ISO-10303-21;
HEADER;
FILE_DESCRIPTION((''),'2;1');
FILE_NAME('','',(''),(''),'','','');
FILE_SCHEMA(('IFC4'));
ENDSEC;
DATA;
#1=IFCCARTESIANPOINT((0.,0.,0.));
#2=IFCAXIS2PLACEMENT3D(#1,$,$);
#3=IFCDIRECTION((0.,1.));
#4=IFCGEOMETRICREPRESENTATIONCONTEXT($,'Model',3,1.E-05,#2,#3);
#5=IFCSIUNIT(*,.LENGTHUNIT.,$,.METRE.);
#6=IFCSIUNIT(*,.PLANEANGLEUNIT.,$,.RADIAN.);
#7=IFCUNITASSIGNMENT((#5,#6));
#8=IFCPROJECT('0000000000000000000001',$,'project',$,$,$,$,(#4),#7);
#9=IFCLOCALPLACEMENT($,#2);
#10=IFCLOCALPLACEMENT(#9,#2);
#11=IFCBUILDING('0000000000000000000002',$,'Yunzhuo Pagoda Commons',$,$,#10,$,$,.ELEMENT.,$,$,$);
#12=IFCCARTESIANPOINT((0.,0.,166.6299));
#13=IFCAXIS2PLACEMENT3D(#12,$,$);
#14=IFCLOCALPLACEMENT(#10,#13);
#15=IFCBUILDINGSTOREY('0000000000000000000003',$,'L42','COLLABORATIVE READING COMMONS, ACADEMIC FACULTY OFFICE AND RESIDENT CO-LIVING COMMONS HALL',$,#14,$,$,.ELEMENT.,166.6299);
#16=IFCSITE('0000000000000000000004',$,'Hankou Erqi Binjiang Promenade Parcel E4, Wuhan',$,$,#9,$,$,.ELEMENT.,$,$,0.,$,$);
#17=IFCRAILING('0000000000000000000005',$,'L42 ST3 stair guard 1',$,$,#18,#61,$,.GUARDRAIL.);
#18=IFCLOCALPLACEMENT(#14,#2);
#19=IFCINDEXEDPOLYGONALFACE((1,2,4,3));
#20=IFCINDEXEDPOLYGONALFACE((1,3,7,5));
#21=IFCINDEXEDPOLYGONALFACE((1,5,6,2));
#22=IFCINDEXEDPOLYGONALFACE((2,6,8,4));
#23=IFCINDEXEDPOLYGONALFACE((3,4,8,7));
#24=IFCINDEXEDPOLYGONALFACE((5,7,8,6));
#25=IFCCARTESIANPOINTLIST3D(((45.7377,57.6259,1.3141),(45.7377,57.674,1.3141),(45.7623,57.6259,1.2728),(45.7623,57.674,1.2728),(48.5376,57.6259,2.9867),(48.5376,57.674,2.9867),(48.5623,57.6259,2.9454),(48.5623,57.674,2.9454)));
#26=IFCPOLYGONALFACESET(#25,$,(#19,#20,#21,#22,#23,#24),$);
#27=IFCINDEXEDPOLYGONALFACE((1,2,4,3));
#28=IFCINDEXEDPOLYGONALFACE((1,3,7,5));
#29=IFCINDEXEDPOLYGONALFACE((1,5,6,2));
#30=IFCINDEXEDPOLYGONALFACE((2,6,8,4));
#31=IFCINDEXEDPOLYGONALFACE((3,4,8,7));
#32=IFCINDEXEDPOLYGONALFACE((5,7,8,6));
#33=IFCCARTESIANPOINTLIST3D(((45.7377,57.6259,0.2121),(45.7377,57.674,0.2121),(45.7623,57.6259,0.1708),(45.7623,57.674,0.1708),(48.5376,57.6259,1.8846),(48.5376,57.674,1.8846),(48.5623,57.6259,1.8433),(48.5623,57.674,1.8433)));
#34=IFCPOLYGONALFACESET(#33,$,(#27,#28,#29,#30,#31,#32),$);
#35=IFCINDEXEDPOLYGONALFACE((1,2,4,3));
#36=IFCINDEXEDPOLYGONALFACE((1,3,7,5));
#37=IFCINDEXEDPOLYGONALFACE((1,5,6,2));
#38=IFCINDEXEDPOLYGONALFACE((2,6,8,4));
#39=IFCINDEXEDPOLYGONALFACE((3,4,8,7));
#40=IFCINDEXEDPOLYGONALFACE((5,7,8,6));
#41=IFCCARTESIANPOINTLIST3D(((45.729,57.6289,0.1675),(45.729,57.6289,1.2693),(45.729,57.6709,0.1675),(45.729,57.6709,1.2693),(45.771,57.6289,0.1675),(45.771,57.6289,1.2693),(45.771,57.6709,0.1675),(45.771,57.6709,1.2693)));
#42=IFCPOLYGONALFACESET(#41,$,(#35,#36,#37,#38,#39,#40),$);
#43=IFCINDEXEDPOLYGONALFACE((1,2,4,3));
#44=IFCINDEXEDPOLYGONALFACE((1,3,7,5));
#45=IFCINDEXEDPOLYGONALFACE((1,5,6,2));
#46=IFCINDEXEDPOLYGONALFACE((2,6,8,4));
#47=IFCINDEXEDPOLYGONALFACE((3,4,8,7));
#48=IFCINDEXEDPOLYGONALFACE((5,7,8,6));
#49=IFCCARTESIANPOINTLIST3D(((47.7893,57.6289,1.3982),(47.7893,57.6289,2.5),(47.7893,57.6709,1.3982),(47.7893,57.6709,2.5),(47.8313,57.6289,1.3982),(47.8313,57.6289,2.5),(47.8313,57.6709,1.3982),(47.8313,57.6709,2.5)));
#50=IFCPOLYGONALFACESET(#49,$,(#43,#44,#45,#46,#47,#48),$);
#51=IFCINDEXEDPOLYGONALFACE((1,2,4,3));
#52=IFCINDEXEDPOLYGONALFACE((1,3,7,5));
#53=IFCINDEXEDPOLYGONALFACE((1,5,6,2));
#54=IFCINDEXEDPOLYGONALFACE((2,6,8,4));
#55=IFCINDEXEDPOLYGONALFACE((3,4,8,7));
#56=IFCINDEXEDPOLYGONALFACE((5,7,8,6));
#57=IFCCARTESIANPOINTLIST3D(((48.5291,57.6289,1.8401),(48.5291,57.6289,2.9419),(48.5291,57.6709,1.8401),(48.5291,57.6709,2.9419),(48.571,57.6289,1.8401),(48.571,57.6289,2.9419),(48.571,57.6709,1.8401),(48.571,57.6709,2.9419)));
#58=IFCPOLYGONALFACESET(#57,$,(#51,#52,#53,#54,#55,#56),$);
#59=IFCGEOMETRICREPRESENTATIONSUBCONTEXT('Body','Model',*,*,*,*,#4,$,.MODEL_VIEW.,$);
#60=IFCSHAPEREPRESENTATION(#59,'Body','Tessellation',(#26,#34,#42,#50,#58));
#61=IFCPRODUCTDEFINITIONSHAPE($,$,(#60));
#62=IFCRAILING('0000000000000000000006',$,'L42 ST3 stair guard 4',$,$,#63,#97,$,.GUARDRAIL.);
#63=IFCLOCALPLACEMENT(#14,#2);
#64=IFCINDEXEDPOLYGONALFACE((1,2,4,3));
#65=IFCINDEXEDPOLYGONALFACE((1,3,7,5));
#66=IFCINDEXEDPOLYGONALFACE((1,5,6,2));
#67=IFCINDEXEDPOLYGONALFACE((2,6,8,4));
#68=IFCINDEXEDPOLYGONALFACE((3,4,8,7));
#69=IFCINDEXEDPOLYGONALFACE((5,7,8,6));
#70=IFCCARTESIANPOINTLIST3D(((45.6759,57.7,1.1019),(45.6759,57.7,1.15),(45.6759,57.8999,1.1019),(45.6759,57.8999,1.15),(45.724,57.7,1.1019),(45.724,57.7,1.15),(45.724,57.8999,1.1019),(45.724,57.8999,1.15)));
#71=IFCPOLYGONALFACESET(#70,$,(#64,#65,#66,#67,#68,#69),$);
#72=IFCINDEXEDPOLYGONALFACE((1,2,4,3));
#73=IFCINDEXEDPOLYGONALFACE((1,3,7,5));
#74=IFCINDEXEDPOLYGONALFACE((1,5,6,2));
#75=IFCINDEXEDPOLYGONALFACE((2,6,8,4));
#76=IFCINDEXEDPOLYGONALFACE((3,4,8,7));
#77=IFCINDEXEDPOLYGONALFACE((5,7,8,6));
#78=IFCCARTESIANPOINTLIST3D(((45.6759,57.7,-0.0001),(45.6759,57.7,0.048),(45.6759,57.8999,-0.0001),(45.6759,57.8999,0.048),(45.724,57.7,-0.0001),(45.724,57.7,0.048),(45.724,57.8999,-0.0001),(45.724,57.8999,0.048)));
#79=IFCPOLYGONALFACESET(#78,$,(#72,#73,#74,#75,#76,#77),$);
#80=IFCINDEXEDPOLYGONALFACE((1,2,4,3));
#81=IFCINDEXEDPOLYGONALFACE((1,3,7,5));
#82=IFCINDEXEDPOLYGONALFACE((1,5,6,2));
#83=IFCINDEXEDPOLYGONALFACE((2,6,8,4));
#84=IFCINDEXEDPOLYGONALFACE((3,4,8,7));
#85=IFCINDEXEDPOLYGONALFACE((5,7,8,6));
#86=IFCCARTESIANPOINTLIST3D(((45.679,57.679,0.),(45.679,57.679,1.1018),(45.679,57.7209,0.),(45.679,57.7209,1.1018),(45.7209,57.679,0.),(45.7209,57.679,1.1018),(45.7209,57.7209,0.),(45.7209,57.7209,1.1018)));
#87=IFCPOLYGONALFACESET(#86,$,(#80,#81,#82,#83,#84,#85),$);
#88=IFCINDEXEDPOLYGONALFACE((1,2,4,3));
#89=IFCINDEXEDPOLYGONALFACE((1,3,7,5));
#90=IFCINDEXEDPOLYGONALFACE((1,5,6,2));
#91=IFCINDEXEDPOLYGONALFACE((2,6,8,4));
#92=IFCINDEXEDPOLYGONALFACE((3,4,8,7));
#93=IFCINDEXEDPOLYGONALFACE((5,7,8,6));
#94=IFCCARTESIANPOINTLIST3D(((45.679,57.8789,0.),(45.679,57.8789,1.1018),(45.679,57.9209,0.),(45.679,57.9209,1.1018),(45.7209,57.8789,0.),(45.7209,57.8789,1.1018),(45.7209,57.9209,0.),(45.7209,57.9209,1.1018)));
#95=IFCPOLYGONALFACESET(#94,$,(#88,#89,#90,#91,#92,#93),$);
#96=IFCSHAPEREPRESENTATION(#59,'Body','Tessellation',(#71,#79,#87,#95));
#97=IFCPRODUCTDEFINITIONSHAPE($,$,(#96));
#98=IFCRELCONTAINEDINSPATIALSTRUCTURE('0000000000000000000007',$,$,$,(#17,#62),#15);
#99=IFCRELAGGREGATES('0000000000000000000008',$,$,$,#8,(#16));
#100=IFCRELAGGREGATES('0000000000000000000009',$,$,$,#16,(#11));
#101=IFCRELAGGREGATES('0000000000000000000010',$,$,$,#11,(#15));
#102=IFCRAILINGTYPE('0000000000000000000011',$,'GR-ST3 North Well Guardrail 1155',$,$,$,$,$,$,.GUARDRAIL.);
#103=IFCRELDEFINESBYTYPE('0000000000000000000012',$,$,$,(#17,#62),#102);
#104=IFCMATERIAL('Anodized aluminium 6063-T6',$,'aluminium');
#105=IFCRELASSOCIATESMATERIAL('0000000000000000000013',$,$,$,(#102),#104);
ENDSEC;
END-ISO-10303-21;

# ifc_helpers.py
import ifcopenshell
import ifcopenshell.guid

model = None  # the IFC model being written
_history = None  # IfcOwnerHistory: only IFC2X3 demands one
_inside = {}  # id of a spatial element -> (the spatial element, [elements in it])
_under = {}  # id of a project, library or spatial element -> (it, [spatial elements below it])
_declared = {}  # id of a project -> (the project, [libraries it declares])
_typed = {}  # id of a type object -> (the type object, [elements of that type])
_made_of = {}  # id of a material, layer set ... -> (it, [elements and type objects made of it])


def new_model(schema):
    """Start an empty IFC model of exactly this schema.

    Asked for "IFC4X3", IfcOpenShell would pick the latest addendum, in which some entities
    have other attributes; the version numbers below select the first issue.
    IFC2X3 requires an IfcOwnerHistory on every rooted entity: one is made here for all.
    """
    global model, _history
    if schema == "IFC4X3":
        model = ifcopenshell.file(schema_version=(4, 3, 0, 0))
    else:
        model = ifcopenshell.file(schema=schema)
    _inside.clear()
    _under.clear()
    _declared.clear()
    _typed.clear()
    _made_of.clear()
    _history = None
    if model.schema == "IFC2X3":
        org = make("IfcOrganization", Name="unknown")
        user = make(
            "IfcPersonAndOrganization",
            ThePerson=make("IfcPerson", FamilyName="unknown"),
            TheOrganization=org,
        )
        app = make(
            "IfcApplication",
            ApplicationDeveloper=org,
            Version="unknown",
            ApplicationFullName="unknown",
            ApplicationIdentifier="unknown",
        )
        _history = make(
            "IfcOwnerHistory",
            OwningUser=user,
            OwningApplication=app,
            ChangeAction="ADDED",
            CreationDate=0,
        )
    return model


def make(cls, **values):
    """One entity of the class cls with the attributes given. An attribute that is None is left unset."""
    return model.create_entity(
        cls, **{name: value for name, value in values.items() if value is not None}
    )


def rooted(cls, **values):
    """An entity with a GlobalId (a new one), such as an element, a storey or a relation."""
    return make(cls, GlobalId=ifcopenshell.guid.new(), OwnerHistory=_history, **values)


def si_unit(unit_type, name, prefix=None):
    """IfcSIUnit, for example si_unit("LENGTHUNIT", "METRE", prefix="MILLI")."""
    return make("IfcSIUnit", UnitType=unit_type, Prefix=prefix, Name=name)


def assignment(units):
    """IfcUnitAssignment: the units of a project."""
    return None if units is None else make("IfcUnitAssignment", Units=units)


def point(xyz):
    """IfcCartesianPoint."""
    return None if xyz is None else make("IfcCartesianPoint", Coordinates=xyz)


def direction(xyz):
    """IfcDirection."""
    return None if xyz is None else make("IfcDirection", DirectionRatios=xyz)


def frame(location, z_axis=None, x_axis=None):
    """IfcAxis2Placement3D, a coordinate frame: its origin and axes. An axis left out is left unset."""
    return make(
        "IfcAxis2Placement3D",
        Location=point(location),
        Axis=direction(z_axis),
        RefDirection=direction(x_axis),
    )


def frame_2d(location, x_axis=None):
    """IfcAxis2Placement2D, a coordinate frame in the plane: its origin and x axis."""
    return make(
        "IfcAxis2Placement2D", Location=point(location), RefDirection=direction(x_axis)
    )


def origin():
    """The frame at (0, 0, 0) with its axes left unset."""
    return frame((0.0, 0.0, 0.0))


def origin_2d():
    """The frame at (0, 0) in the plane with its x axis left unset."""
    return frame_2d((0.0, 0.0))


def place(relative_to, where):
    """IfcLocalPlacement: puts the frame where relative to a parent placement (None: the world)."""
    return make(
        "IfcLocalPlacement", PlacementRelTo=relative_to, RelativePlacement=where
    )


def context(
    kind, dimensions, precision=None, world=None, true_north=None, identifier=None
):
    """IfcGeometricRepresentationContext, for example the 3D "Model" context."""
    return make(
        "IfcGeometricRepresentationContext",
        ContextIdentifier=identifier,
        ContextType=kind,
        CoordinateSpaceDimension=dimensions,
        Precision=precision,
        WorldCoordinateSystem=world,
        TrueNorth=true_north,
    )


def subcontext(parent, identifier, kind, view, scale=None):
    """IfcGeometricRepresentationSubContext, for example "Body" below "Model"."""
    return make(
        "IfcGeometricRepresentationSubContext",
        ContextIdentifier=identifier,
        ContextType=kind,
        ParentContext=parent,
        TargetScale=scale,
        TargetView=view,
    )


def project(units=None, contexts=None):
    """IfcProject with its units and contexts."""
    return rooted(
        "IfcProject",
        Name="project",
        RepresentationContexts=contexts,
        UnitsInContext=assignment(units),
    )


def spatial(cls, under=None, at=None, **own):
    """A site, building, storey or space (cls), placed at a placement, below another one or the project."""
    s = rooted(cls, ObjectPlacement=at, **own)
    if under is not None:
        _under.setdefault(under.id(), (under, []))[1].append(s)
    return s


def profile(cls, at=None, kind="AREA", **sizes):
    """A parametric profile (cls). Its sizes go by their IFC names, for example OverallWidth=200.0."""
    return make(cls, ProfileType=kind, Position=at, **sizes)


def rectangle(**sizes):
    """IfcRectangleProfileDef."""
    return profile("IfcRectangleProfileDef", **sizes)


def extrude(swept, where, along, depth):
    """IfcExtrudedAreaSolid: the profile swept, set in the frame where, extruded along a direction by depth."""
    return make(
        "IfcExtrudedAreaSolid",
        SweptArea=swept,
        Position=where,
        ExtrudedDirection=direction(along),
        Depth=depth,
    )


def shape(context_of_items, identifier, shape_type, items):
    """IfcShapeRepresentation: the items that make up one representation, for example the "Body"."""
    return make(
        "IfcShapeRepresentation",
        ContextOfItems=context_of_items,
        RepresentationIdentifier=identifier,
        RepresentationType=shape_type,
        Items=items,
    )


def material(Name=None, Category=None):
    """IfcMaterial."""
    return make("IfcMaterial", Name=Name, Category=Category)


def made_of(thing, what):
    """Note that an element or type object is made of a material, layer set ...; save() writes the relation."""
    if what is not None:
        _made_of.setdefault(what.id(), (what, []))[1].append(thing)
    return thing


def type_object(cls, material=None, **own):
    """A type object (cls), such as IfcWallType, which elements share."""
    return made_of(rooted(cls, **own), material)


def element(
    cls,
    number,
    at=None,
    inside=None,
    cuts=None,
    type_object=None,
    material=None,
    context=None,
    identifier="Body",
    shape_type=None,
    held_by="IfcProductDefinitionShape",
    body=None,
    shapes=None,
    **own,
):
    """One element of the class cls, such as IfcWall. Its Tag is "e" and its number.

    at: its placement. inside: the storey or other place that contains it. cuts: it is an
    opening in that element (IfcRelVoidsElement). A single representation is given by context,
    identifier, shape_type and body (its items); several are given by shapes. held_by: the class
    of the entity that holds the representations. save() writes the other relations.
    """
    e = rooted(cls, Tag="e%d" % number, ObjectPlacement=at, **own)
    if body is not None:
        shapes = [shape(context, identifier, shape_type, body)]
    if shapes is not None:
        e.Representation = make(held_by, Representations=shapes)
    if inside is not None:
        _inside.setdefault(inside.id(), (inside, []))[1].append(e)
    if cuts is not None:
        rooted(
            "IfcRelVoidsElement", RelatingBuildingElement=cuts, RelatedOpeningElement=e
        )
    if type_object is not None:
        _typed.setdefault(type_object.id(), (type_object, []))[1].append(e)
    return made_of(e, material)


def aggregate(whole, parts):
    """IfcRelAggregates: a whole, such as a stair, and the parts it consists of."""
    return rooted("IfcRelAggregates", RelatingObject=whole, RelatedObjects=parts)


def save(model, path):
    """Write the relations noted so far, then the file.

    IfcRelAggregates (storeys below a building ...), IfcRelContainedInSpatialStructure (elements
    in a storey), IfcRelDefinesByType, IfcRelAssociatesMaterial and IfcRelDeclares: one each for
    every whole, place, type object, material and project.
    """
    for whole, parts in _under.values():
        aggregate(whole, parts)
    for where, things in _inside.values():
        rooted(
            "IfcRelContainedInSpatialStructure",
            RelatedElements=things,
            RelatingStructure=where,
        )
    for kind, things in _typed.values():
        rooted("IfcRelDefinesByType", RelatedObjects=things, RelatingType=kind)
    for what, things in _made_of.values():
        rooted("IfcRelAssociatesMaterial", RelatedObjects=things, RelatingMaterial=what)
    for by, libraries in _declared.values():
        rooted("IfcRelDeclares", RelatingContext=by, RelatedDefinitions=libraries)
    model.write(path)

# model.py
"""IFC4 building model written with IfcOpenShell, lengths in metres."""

from ifc_helpers import new_model, si_unit, direction, frame, origin, origin_2d, place, context, subcontext, project, spatial, rectangle, extrude, material, type_object, element, save


model = new_model("IFC4")

# Units and contexts
model_context = context("Model", 3, precision=1e-05, world=origin(), true_north=direction((0.0, 1.0)))
body_context = subcontext(model_context, "Body", "Model", "MODEL_VIEW")
ifc_project = project(units=[si_unit("LENGTHUNIT", "METRE"), si_unit("PLANEANGLEUNIT", "RADIAN")], contexts=[model_context])

# Site, building, storey
site_placement = place(None, origin())
site = spatial("IfcSite", under=ifc_project, at=site_placement, Name="Hankou Erqi Binjiang Promenade Parcel E4, Wuhan", CompositionType="ELEMENT", RefElevation=0.0)
building_placement = place(site_placement, origin())
building = spatial("IfcBuilding", under=site, at=building_placement, Name="Yunzhuo Pagoda Commons", CompositionType="ELEMENT")
storey_placement = place(building_placement, frame((0.0, 0.0, 166.6299)))
storey = spatial("IfcBuildingStorey", under=building, at=storey_placement, Name="L42", Description="COLLABORATIVE READING COMMONS, ACADEMIC FACULTY OFFICE AND RESIDENT CO-LIVING COMMONS HALL", CompositionType="ELEMENT", Elevation=166.6299)

# Shared definitions
ifc_material_1 = material(Name="Anodized aluminium 6063-T6", Category="aluminium")

# Railings
railing_type = type_object("IfcRailingType", Name="GR-ST3 North Well Guardrail 1155", PredefinedType="GUARDRAIL", material=ifc_material_1)
railing_1_placement = place(storey_placement, frame((45.75, 57.6499, 0.1675)))
element("IfcRailing", 1, at=railing_1_placement, inside=storey, type_object=railing_type, Name="L42 ST3 stair guard 1", PredefinedType="GUARDRAIL", context=body_context, shape_type="SweptSolid", body=[
    extrude(rectangle(XDim=0.0481, YDim=0.0481, at=origin_2d()), frame((0.0, 0.0, 1.126), z_axis=(0.858495, 0.0, 0.512822), x_axis=(0.0, 1.0, 0.0)), (0.0, 0.0, 1.0), 3.2615),
    extrude(rectangle(XDim=0.0481, YDim=0.0481, at=origin_2d()), frame((0.0, 0.0, 0.0239), z_axis=(0.858495, 0.0, 0.512822), x_axis=(0.0, 1.0, 0.0)), (0.0, 0.0, 1.0), 3.2615),
    extrude(rectangle(XDim=0.042, YDim=0.042, at=origin_2d()), origin(), (0.0, 0.0, 1.0), 1.1018),
    extrude(rectangle(XDim=0.042, YDim=0.042, at=origin_2d()), frame((2.0603, 0.0, 1.2307)), (0.0, 0.0, 1.0), 1.1018),
    extrude(rectangle(XDim=0.042, YDim=0.042, at=origin_2d()), frame((2.8, 0.0, 1.6726)), (0.0, 0.0, 1.0), 1.1018),
])
railing_2_placement = place(storey_placement, frame((45.7, 57.7, 0.0)))
element("IfcRailing", 2, at=railing_2_placement, inside=storey, type_object=railing_type, Name="L42 ST3 stair guard 4", PredefinedType="GUARDRAIL", context=body_context, shape_type="SweptSolid", body=[
    extrude(rectangle(XDim=0.0481, YDim=0.0481, at=origin_2d()), frame((0.0, 0.0, 1.126), z_axis=(0.0, 1.0, 0.0), x_axis=(-1.0, 0.0, 0.0)), (0.0, 0.0, 1.0), 0.2),
    extrude(rectangle(XDim=0.0481, YDim=0.0481, at=origin_2d()), frame((0.0, 0.0, 0.0239), z_axis=(0.0, 1.0, 0.0), x_axis=(-1.0, 0.0, 0.0)), (0.0, 0.0, 1.0), 0.2),
    extrude(rectangle(XDim=0.042, YDim=0.042, at=origin_2d()), origin(), (0.0, 0.0, 1.0), 1.1018),
    extrude(rectangle(XDim=0.042, YDim=0.042, at=origin_2d()), frame((0.0, 0.2, 0.0)), (0.0, 0.0, 1.0), 1.1018),
])

save(model, "model.ifc")
